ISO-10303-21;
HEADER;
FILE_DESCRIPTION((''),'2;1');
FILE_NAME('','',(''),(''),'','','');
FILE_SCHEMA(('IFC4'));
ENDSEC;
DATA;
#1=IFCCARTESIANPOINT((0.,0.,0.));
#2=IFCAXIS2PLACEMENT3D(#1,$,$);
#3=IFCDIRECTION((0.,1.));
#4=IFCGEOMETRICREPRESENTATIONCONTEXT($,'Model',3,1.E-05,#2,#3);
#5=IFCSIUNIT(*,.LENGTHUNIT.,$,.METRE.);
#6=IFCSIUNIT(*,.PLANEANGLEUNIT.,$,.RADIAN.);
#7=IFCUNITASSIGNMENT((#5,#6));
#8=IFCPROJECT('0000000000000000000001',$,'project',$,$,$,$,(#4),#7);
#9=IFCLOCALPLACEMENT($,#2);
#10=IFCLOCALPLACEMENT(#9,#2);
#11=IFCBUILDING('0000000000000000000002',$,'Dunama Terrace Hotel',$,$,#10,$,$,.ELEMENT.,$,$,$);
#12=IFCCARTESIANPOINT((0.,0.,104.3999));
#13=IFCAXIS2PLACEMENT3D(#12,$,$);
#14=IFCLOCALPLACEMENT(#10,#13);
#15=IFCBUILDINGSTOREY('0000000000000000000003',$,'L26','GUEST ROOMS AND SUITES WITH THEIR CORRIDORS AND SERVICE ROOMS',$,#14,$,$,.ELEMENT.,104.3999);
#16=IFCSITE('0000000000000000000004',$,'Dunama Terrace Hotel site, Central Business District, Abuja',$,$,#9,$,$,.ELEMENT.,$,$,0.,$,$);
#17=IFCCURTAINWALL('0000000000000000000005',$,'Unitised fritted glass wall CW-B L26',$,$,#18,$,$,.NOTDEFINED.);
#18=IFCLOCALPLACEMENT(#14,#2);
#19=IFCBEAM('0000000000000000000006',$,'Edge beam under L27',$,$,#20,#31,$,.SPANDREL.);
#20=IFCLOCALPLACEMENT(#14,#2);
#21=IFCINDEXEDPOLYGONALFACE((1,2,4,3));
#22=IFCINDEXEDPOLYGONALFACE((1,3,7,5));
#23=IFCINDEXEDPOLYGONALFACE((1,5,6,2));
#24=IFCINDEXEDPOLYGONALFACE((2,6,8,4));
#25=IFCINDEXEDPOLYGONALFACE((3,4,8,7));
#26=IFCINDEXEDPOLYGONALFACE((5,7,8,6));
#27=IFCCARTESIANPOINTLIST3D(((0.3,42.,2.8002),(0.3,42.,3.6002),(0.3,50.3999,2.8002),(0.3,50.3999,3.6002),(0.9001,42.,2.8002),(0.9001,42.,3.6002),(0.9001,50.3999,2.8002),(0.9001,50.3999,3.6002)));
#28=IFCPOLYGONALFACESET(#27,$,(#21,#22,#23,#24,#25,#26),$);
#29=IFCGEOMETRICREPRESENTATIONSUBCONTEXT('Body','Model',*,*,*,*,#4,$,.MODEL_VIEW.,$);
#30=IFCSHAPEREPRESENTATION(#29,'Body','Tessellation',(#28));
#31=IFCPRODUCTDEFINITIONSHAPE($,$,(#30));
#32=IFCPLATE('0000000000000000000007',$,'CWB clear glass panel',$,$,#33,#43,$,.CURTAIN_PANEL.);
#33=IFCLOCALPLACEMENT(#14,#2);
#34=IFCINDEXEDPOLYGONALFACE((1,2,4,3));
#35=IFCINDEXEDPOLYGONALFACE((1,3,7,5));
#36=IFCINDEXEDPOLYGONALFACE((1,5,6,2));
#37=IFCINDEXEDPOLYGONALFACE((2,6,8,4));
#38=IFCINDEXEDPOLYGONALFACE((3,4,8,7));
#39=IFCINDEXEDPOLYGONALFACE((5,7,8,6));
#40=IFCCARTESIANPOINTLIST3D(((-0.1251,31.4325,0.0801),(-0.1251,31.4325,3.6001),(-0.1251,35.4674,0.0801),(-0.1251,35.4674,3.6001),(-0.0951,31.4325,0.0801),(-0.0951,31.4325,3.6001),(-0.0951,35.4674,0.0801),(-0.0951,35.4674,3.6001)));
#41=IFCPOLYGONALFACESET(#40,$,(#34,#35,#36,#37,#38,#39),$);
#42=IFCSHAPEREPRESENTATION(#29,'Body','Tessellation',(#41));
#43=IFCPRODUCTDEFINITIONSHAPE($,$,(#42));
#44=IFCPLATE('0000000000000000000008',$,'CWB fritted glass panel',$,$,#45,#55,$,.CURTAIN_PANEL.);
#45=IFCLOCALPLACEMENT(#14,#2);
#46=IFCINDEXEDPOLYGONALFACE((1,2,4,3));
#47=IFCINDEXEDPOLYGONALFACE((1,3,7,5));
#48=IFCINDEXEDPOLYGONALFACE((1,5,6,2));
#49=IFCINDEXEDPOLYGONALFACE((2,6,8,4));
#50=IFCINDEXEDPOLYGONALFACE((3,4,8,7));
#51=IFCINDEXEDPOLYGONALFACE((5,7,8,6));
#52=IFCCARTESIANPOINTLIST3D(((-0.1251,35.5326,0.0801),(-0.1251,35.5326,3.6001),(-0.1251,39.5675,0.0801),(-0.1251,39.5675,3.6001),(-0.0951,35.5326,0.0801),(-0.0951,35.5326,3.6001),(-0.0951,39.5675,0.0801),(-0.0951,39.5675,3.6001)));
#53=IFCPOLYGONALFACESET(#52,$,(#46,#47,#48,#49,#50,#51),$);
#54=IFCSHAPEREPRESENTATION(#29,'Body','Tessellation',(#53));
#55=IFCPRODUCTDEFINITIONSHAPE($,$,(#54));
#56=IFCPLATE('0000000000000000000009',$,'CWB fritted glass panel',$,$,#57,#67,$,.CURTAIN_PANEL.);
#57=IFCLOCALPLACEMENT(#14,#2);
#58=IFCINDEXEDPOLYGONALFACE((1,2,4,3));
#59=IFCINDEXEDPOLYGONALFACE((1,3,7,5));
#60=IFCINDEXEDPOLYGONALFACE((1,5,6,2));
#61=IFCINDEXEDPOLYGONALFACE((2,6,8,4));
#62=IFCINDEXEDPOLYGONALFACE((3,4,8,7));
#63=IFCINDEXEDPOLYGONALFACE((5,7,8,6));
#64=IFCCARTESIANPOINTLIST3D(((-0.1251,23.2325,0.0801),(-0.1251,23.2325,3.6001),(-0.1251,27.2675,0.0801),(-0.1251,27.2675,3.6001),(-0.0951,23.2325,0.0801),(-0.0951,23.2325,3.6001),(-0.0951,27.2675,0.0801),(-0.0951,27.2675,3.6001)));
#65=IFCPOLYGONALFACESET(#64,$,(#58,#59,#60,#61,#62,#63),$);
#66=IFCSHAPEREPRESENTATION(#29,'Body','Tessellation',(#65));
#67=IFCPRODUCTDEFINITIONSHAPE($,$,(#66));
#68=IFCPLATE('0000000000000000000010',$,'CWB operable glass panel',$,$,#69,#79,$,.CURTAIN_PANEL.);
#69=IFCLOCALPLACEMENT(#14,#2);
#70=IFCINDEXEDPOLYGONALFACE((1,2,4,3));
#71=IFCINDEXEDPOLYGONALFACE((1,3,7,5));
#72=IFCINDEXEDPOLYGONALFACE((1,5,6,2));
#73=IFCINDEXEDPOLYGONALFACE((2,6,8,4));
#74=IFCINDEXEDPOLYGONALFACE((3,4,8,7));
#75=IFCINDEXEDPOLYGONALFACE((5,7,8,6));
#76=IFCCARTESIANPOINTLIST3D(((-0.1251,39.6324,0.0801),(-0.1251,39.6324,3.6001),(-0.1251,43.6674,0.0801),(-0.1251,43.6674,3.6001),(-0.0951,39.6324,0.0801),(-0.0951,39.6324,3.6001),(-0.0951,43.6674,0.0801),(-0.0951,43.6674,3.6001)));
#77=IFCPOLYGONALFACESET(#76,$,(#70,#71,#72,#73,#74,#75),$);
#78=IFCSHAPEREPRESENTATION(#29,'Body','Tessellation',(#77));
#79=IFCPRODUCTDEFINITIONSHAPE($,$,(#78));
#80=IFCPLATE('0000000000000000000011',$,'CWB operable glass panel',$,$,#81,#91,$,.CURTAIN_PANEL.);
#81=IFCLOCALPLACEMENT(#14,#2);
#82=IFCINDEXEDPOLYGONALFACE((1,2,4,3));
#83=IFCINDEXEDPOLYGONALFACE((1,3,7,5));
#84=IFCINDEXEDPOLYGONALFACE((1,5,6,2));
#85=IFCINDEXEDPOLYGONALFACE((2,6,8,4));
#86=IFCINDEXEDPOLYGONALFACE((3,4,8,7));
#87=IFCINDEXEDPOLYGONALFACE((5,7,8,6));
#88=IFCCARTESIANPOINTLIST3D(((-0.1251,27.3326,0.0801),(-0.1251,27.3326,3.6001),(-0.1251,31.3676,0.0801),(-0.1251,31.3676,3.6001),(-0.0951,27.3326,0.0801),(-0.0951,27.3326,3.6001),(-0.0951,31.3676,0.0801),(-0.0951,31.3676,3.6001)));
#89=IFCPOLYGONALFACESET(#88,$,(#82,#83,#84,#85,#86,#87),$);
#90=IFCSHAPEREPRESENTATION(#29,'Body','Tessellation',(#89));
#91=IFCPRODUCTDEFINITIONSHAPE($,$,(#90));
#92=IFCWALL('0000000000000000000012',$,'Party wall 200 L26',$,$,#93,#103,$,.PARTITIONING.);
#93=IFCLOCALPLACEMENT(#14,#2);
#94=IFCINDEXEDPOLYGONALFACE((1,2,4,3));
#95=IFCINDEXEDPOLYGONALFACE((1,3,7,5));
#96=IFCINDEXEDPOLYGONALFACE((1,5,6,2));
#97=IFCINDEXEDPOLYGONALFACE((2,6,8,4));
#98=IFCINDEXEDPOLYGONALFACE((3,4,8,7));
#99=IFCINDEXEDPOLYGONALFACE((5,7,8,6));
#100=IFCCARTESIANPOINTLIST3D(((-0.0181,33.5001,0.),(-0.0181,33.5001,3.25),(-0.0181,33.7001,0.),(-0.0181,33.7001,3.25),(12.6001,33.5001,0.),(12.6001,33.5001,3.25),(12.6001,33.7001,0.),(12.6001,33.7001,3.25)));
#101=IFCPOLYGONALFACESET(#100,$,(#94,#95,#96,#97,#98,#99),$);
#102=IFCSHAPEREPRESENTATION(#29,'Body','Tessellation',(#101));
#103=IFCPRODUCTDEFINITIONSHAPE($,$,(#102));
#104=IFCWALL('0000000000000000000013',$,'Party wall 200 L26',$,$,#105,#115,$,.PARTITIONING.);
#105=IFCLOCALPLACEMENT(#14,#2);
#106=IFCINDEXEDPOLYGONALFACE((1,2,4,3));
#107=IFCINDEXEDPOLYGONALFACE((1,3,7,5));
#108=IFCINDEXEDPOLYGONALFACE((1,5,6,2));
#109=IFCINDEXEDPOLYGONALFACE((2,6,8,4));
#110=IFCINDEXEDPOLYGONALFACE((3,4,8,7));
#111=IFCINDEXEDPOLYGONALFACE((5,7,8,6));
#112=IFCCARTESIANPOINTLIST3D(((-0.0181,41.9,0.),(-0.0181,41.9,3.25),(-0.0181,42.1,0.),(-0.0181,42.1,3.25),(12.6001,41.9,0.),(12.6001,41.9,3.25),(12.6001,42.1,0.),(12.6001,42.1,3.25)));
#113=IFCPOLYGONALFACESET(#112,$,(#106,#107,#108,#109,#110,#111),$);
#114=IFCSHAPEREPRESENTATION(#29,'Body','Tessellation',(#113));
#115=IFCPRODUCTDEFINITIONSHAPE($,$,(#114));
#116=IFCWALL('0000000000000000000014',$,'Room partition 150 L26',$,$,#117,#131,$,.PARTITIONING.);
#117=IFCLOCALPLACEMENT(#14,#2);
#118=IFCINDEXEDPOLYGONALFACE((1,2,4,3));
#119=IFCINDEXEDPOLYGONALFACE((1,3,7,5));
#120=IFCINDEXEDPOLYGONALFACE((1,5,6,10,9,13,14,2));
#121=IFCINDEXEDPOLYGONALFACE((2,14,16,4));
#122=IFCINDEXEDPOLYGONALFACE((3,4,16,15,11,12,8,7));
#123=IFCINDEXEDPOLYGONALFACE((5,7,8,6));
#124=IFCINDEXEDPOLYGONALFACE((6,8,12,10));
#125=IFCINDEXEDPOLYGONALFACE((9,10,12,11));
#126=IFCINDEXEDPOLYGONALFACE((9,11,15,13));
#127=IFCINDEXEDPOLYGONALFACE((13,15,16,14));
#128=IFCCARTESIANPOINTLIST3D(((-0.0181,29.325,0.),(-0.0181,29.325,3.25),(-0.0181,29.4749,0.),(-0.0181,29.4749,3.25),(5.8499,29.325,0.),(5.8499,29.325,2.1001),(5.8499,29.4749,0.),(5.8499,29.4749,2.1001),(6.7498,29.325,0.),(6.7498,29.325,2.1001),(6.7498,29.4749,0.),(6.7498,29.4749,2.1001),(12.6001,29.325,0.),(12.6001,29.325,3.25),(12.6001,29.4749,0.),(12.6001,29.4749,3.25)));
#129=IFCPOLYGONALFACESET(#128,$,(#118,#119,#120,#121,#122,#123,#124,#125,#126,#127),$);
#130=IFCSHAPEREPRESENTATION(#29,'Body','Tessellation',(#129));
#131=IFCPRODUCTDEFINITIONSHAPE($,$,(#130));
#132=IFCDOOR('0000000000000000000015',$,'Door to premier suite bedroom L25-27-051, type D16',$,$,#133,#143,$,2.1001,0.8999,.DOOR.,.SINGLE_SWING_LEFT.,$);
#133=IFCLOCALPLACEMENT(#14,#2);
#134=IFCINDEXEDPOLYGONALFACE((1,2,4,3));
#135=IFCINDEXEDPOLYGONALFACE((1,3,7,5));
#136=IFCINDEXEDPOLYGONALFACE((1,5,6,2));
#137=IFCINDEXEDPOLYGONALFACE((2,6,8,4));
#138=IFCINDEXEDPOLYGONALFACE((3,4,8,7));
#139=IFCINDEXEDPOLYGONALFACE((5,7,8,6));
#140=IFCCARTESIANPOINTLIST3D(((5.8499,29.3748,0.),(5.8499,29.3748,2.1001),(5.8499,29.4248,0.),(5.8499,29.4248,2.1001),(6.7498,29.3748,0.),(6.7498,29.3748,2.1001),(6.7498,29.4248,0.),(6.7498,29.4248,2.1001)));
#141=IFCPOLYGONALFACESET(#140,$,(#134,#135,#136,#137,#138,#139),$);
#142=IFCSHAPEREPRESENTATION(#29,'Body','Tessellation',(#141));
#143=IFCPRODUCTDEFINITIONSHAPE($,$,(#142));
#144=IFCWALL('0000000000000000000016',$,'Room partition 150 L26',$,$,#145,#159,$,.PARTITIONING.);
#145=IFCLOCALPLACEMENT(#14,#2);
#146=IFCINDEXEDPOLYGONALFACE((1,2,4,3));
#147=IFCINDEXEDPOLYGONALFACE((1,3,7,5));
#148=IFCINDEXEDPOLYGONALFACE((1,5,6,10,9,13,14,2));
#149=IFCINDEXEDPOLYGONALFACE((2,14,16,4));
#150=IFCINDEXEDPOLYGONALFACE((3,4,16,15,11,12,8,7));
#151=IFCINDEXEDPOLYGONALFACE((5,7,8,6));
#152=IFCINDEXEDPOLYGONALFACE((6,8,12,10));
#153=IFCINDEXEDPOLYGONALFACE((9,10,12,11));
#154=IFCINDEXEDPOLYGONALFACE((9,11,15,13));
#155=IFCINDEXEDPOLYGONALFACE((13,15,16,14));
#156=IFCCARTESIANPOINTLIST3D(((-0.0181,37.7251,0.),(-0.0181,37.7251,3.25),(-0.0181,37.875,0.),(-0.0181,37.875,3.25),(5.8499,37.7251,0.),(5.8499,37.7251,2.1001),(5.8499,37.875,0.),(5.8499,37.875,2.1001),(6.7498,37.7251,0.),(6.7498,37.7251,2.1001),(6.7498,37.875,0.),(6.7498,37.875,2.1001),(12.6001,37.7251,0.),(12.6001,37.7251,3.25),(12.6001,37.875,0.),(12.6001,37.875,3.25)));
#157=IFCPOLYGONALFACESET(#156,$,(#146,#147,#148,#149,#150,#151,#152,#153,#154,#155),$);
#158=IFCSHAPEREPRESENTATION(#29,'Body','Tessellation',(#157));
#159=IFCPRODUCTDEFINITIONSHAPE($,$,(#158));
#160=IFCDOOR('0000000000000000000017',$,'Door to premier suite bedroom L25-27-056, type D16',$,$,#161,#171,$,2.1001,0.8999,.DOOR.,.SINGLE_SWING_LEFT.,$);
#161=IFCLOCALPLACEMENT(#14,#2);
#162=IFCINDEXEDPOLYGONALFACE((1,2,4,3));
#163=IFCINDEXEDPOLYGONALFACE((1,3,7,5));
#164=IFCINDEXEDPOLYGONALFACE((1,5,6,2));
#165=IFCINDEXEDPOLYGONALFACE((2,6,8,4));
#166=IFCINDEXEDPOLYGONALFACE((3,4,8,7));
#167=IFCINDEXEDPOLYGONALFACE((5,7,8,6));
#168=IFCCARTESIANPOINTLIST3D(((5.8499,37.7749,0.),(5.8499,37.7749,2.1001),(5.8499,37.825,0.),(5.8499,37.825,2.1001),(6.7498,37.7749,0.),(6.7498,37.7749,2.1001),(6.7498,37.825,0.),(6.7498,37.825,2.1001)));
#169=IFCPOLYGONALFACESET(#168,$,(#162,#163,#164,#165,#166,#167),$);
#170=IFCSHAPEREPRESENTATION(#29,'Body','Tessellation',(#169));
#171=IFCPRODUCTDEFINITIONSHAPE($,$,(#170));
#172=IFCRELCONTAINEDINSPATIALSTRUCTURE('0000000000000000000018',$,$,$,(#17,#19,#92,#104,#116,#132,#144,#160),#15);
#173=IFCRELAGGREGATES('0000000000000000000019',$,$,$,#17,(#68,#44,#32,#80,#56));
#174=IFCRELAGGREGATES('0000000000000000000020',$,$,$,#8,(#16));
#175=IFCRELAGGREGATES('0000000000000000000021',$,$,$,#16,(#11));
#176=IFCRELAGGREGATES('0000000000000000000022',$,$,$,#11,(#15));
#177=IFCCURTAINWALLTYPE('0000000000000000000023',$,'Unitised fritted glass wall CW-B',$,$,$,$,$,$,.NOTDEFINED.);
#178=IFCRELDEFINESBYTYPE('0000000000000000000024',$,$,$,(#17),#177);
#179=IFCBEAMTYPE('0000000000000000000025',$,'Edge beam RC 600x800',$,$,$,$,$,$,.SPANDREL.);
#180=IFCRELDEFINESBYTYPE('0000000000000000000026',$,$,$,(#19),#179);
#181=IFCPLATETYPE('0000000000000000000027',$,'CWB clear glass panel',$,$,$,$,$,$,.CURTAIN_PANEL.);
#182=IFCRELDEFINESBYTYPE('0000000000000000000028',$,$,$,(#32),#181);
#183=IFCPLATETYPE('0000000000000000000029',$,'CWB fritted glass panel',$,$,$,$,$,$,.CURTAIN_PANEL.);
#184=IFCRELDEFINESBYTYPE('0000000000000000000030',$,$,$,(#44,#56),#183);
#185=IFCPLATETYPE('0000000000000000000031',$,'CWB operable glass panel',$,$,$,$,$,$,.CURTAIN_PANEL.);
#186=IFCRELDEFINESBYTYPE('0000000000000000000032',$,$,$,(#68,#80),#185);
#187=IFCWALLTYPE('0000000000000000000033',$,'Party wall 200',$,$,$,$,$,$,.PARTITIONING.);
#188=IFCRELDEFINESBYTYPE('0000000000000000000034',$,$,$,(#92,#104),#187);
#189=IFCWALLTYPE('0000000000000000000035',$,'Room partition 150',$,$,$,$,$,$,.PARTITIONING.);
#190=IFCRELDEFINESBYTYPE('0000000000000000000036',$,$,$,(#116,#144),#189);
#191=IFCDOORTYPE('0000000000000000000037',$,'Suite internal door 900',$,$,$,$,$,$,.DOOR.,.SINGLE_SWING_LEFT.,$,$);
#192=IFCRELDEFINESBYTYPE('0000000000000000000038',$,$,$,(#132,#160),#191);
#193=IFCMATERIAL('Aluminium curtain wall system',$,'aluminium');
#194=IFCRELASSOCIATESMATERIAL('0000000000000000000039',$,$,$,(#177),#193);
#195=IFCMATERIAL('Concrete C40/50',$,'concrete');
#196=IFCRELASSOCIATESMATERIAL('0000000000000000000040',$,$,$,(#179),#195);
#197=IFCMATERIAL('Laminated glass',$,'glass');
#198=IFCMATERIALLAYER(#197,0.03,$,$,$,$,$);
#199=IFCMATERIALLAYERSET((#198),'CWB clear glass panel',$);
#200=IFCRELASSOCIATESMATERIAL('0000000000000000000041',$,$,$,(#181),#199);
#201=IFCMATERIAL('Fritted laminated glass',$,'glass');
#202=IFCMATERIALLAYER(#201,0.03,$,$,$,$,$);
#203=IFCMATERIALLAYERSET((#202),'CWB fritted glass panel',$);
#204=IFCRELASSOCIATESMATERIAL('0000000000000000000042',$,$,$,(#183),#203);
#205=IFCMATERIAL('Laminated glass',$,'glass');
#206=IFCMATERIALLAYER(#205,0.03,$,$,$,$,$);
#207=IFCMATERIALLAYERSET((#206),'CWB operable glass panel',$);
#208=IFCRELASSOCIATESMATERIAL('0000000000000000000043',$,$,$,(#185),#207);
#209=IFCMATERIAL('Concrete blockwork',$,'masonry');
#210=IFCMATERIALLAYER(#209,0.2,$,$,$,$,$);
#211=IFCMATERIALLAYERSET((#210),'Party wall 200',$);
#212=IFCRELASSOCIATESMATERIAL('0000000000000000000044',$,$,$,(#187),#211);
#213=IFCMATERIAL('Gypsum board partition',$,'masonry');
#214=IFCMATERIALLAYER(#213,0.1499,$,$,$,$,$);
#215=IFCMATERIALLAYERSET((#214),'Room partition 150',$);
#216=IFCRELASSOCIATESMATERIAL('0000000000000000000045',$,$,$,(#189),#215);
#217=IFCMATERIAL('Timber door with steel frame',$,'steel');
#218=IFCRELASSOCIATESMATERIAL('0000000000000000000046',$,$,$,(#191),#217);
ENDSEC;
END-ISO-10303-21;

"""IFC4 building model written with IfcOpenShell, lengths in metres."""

from ifc_helpers import new_model, si_unit, direction, frame, frame_2d, origin, origin_2d, place, context, subcontext, project, spatial, rectangle, extrude, material, layer, layer_set, material_profile, profile_set, type_object, element, fill, aggregate, save


model = new_model("IFC4")

# Units and contexts
model_context = context("Model", 3, precision=1e-05, world=origin(), true_north=direction((0.0, 1.0)))
body_context = subcontext(model_context, "Body", "Model", "MODEL_VIEW")
ifc_project = project(units=[si_unit("LENGTHUNIT", "METRE"), si_unit("PLANEANGLEUNIT", "RADIAN")], contexts=[model_context])

# Site, building, storey
site_placement = place(None, origin())
site = spatial("IfcSite", under=ifc_project, at=site_placement, Name="Dunama Terrace Hotel site, Central Business District, Abuja", CompositionType="ELEMENT", RefElevation=0.0)
building_placement = place(site_placement, origin())
building = spatial("IfcBuilding", under=site, at=building_placement, Name="Dunama Terrace Hotel", CompositionType="ELEMENT")
storey_placement = place(building_placement, frame((0.0, 0.0, 104.3999)))
storey = spatial("IfcBuildingStorey", under=building, at=storey_placement, Name="L26", Description="GUEST ROOMS AND SUITES WITH THEIR CORRIDORS AND SERVICE ROOMS", CompositionType="ELEMENT", Elevation=104.3999)

# Curtain wall
ifc_material_1 = material(Name="Aluminium curtain wall system", Category="aluminium")
curtain_wall_type = type_object("IfcCurtainWallType", Name="Unitised fritted glass wall CW-B", PredefinedType="NOTDEFINED", material=ifc_material_1)
curtain_wall_placement = place(storey_placement, origin())
curtain_wall = element("IfcCurtainWall", 1, at=curtain_wall_placement, inside=storey, type_object=curtain_wall_type, Name="Unitised fritted glass wall CW-B L26", PredefinedType="NOTDEFINED")

# Beam
ifc_material_2 = material(Name="Concrete C40/50", Category="concrete")
ifc_material_profile_1 = material_profile(ifc_material_2, rectangle(XDim=0.6001, YDim=0.8, at=origin_2d()), Name="RC 600x800")
ifc_profile_set_1 = profile_set([ifc_material_profile_1], Name="Concrete C40/50")
beam_type = type_object("IfcBeamType", Name="Edge beam RC 600x800", PredefinedType="SPANDREL", material=ifc_profile_set_1)
for number, where, z_axis, x_axis, name in (
    (2, (0.6001, 42.0, 3.2002), (0.0, 1.0, 0.0), (-1.0, 0.0, 0.0), "Edge beam under L27"),
):
    element("IfcBeam", number, at=place(storey_placement, frame(where, z_axis=z_axis, x_axis=x_axis)), inside=storey, type_object=beam_type, Name=name, PredefinedType="SPANDREL", context=body_context, shape_type="SweptSolid", body=[
        extrude(rectangle(XDim=0.6001, YDim=0.8, at=origin_2d()), origin(), (0.0, 0.0, 1.0), 8.3999),
    ])

# Plates
ifc_material_3 = material(Name="Laminated glass", Category="glass")
ifc_layer_1 = layer(ifc_material_3, 0.03)
ifc_layer_set_1 = layer_set([ifc_layer_1], Name="CWB clear glass panel")
plate_type_1 = type_object("IfcPlateType", Name="CWB clear glass panel", PredefinedType="CURTAIN_PANEL", material=ifc_layer_set_1)
plate_1_placement = place(storey_placement, frame((-0.1101, 33.45, 0.0801), z_axis=(0.0, 0.0, 1.0), x_axis=(0.0, -1.0, 0.0)))
plate_1 = element("IfcPlate", 3, at=plate_1_placement, type_object=plate_type_1, Name="CWB clear glass panel", PredefinedType="CURTAIN_PANEL", context=body_context, shape_type="SweptSolid", body=[
    extrude(rectangle(XDim=4.0349, YDim=0.03, at=origin_2d()), origin(), (0.0, 0.0, 1.0), 3.52),
])
ifc_material_4 = material(Name="Fritted laminated glass", Category="glass")
ifc_layer_2 = layer(ifc_material_4, 0.03)
ifc_layer_set_2 = layer_set([ifc_layer_2], Name="CWB fritted glass panel")
plate_type_2 = type_object("IfcPlateType", Name="CWB fritted glass panel", PredefinedType="CURTAIN_PANEL", material=ifc_layer_set_2)
plate_2_placement = place(storey_placement, frame((-0.1101, 37.55, 0.0801), z_axis=(0.0, 0.0, 1.0), x_axis=(0.0, -1.0, 0.0)))
plate_2 = element("IfcPlate", 4, at=plate_2_placement, type_object=plate_type_2, Name="CWB fritted glass panel", PredefinedType="CURTAIN_PANEL", context=body_context, shape_type="SweptSolid", body=[
    extrude(rectangle(XDim=4.0349, YDim=0.03, at=origin_2d()), origin(), (0.0, 0.0, 1.0), 3.52),
])
plate_3_placement = place(storey_placement, frame((-0.1101, 25.25, 0.0801), z_axis=(0.0, 0.0, 1.0), x_axis=(0.0, -1.0, 0.0)))
plate_3 = element("IfcPlate", 5, at=plate_3_placement, type_object=plate_type_2, Name="CWB fritted glass panel", PredefinedType="CURTAIN_PANEL", context=body_context, shape_type="SweptSolid", body=[
    extrude(rectangle(XDim=4.0349, YDim=0.03, at=origin_2d()), origin(), (0.0, 0.0, 1.0), 3.52),
])
ifc_material_5 = material(Name="Laminated glass", Category="glass")
ifc_layer_3 = layer(ifc_material_5, 0.03)
ifc_layer_set_3 = layer_set([ifc_layer_3], Name="CWB operable glass panel")
plate_type_3 = type_object("IfcPlateType", Name="CWB operable glass panel", PredefinedType="CURTAIN_PANEL", material=ifc_layer_set_3)
plate_4_placement = place(storey_placement, frame((-0.1101, 41.6499, 0.0801), z_axis=(0.0, 0.0, 1.0), x_axis=(0.0, -1.0, 0.0)))
plate_4 = element("IfcPlate", 6, at=plate_4_placement, type_object=plate_type_3, Name="CWB operable glass panel", PredefinedType="CURTAIN_PANEL", context=body_context, shape_type="SweptSolid", body=[
    extrude(rectangle(XDim=4.0349, YDim=0.03, at=origin_2d()), origin(), (0.0, 0.0, 1.0), 3.52),
])
plate_5_placement = place(storey_placement, frame((-0.1101, 29.3501, 0.0801), z_axis=(0.0, 0.0, 1.0), x_axis=(0.0, -1.0, 0.0)))
plate_5 = element("IfcPlate", 7, at=plate_5_placement, type_object=plate_type_3, Name="CWB operable glass panel", PredefinedType="CURTAIN_PANEL", context=body_context, shape_type="SweptSolid", body=[
    extrude(rectangle(XDim=4.0349, YDim=0.03, at=origin_2d()), origin(), (0.0, 0.0, 1.0), 3.52),
])
aggregate(curtain_wall, [plate_4, plate_2, plate_1, plate_5, plate_3])

# Walls
ifc_material_6 = material(Name="Concrete blockwork", Category="masonry")
ifc_layer_4 = layer(ifc_material_6, 0.2)
ifc_layer_set_4 = layer_set([ifc_layer_4], Name="Party wall 200")
wall_type_1 = type_object("IfcWallType", Name="Party wall 200", PredefinedType="PARTITIONING", material=ifc_layer_set_4)
for number, where, z_axis, x_axis, name in (
    (8, (-0.0181, 33.6001, 0.0), (0.0, 0.0, 1.0), (1.0, 0.0, 0.0), "Party wall 200 L26"),
    (9, (-0.0181, 42.0, 0.0), (0.0, 0.0, 1.0), (1.0, 0.0, 0.0), "Party wall 200 L26"),
):
    element("IfcWall", number, at=place(storey_placement, frame(where, z_axis=z_axis, x_axis=x_axis)), inside=storey, type_object=wall_type_1, Name=name, PredefinedType="PARTITIONING", context=body_context, shape_type="SweptSolid", body=[
        extrude(rectangle(XDim=12.6182, YDim=0.2, at=frame_2d((6.3091, 0.0))), origin(), (0.0, 0.0, 1.0), 3.25),
    ])

# Walls, openings, doors
ifc_material_7 = material(Name="Gypsum board partition", Category="masonry")
ifc_layer_5 = layer(ifc_material_7, 0.1499)
ifc_layer_set_5 = layer_set([ifc_layer_5], Name="Room partition 150")
wall_type_2 = type_object("IfcWallType", Name="Room partition 150", PredefinedType="PARTITIONING", material=ifc_layer_set_5)
wall_1_placement = place(storey_placement, frame((-0.0181, 29.3999, 0.0), z_axis=(0.0, 0.0, 1.0), x_axis=(1.0, 0.0, 0.0)))
wall_1 = element("IfcWall", 10, at=wall_1_placement, inside=storey, type_object=wall_type_2, Name="Room partition 150 L26", PredefinedType="PARTITIONING", context=body_context, shape_type="SweptSolid", body=[
    extrude(rectangle(XDim=12.6182, YDim=0.1499, at=frame_2d((6.3091, 0.0))), origin(), (0.0, 0.0, 1.0), 3.25),
])
opening_1_placement = place(wall_1_placement, frame((5.8679, 0.0, 0.0)))
opening_1 = element("IfcOpeningElement", 11, at=opening_1_placement, cuts=wall_1, PredefinedType="OPENING", context=body_context, shape_type="SweptSolid", body=[
    extrude(rectangle(XDim=0.8999, YDim=2.1001, at=frame_2d((0.45, 1.05))), frame((0.0, 0.085, 0.0), z_axis=(0.0, -1.0, 0.0), x_axis=(1.0, 0.0, 0.0)), (0.0, 0.0, 1.0), 0.1699),
])
ifc_material_8 = material(Name="Timber door with steel frame", Category="steel")
door_type = type_object("IfcDoorType", Name="Suite internal door 900", OperationType="SINGLE_SWING_LEFT", PredefinedType="DOOR", material=ifc_material_8)
door_1_placement = place(opening_1_placement, origin())
door_1 = element("IfcDoor", 12, at=door_1_placement, inside=storey, type_object=door_type, Name="Door to premier suite bedroom L25-27-051, type D16", OperationType="SINGLE_SWING_LEFT", OverallHeight=2.1001, OverallWidth=0.8999, PredefinedType="DOOR", context=body_context, shape_type="SweptSolid", body=[
    extrude(rectangle(XDim=0.8999, YDim=2.1001, at=frame_2d((0.45, 1.05))), frame((0.0, 0.0249, 0.0), z_axis=(0.0, -1.0, 0.0), x_axis=(1.0, 0.0, 0.0)), (0.0, 0.0, 1.0), 0.05),
])
fill(opening_1, door_1)
wall_2_placement = place(storey_placement, frame((-0.0181, 37.8, 0.0), z_axis=(0.0, 0.0, 1.0), x_axis=(1.0, 0.0, 0.0)))
wall_2 = element("IfcWall", 13, at=wall_2_placement, inside=storey, type_object=wall_type_2, Name="Room partition 150 L26", PredefinedType="PARTITIONING", context=body_context, shape_type="SweptSolid", body=[
    extrude(rectangle(XDim=12.6182, YDim=0.1499, at=frame_2d((6.3091, 0.0))), origin(), (0.0, 0.0, 1.0), 3.25),
])
opening_2_placement = place(wall_2_placement, frame((5.8679, 0.0, 0.0)))
opening_2 = element("IfcOpeningElement", 14, at=opening_2_placement, cuts=wall_2, PredefinedType="OPENING", context=body_context, shape_type="SweptSolid", body=[
    extrude(rectangle(XDim=0.8999, YDim=2.1001, at=frame_2d((0.45, 1.05))), frame((0.0, 0.085, 0.0), z_axis=(0.0, -1.0, 0.0), x_axis=(1.0, 0.0, 0.0)), (0.0, 0.0, 1.0), 0.1699),
])
door_2_placement = place(opening_2_placement, origin())
door_2 = element("IfcDoor", 15, at=door_2_placement, inside=storey, type_object=door_type, Name="Door to premier suite bedroom L25-27-056, type D16", OperationType="SINGLE_SWING_LEFT", OverallHeight=2.1001, OverallWidth=0.8999, PredefinedType="DOOR", context=body_context, shape_type="SweptSolid", body=[
    extrude(rectangle(XDim=0.8999, YDim=2.1001, at=frame_2d((0.45, 1.05))), frame((0.0, 0.0249, 0.0), z_axis=(0.0, -1.0, 0.0), x_axis=(1.0, 0.0, 0.0)), (0.0, 0.0, 1.0), 0.05),
])
fill(opening_2, door_2)

save(model, "model.ifc")
